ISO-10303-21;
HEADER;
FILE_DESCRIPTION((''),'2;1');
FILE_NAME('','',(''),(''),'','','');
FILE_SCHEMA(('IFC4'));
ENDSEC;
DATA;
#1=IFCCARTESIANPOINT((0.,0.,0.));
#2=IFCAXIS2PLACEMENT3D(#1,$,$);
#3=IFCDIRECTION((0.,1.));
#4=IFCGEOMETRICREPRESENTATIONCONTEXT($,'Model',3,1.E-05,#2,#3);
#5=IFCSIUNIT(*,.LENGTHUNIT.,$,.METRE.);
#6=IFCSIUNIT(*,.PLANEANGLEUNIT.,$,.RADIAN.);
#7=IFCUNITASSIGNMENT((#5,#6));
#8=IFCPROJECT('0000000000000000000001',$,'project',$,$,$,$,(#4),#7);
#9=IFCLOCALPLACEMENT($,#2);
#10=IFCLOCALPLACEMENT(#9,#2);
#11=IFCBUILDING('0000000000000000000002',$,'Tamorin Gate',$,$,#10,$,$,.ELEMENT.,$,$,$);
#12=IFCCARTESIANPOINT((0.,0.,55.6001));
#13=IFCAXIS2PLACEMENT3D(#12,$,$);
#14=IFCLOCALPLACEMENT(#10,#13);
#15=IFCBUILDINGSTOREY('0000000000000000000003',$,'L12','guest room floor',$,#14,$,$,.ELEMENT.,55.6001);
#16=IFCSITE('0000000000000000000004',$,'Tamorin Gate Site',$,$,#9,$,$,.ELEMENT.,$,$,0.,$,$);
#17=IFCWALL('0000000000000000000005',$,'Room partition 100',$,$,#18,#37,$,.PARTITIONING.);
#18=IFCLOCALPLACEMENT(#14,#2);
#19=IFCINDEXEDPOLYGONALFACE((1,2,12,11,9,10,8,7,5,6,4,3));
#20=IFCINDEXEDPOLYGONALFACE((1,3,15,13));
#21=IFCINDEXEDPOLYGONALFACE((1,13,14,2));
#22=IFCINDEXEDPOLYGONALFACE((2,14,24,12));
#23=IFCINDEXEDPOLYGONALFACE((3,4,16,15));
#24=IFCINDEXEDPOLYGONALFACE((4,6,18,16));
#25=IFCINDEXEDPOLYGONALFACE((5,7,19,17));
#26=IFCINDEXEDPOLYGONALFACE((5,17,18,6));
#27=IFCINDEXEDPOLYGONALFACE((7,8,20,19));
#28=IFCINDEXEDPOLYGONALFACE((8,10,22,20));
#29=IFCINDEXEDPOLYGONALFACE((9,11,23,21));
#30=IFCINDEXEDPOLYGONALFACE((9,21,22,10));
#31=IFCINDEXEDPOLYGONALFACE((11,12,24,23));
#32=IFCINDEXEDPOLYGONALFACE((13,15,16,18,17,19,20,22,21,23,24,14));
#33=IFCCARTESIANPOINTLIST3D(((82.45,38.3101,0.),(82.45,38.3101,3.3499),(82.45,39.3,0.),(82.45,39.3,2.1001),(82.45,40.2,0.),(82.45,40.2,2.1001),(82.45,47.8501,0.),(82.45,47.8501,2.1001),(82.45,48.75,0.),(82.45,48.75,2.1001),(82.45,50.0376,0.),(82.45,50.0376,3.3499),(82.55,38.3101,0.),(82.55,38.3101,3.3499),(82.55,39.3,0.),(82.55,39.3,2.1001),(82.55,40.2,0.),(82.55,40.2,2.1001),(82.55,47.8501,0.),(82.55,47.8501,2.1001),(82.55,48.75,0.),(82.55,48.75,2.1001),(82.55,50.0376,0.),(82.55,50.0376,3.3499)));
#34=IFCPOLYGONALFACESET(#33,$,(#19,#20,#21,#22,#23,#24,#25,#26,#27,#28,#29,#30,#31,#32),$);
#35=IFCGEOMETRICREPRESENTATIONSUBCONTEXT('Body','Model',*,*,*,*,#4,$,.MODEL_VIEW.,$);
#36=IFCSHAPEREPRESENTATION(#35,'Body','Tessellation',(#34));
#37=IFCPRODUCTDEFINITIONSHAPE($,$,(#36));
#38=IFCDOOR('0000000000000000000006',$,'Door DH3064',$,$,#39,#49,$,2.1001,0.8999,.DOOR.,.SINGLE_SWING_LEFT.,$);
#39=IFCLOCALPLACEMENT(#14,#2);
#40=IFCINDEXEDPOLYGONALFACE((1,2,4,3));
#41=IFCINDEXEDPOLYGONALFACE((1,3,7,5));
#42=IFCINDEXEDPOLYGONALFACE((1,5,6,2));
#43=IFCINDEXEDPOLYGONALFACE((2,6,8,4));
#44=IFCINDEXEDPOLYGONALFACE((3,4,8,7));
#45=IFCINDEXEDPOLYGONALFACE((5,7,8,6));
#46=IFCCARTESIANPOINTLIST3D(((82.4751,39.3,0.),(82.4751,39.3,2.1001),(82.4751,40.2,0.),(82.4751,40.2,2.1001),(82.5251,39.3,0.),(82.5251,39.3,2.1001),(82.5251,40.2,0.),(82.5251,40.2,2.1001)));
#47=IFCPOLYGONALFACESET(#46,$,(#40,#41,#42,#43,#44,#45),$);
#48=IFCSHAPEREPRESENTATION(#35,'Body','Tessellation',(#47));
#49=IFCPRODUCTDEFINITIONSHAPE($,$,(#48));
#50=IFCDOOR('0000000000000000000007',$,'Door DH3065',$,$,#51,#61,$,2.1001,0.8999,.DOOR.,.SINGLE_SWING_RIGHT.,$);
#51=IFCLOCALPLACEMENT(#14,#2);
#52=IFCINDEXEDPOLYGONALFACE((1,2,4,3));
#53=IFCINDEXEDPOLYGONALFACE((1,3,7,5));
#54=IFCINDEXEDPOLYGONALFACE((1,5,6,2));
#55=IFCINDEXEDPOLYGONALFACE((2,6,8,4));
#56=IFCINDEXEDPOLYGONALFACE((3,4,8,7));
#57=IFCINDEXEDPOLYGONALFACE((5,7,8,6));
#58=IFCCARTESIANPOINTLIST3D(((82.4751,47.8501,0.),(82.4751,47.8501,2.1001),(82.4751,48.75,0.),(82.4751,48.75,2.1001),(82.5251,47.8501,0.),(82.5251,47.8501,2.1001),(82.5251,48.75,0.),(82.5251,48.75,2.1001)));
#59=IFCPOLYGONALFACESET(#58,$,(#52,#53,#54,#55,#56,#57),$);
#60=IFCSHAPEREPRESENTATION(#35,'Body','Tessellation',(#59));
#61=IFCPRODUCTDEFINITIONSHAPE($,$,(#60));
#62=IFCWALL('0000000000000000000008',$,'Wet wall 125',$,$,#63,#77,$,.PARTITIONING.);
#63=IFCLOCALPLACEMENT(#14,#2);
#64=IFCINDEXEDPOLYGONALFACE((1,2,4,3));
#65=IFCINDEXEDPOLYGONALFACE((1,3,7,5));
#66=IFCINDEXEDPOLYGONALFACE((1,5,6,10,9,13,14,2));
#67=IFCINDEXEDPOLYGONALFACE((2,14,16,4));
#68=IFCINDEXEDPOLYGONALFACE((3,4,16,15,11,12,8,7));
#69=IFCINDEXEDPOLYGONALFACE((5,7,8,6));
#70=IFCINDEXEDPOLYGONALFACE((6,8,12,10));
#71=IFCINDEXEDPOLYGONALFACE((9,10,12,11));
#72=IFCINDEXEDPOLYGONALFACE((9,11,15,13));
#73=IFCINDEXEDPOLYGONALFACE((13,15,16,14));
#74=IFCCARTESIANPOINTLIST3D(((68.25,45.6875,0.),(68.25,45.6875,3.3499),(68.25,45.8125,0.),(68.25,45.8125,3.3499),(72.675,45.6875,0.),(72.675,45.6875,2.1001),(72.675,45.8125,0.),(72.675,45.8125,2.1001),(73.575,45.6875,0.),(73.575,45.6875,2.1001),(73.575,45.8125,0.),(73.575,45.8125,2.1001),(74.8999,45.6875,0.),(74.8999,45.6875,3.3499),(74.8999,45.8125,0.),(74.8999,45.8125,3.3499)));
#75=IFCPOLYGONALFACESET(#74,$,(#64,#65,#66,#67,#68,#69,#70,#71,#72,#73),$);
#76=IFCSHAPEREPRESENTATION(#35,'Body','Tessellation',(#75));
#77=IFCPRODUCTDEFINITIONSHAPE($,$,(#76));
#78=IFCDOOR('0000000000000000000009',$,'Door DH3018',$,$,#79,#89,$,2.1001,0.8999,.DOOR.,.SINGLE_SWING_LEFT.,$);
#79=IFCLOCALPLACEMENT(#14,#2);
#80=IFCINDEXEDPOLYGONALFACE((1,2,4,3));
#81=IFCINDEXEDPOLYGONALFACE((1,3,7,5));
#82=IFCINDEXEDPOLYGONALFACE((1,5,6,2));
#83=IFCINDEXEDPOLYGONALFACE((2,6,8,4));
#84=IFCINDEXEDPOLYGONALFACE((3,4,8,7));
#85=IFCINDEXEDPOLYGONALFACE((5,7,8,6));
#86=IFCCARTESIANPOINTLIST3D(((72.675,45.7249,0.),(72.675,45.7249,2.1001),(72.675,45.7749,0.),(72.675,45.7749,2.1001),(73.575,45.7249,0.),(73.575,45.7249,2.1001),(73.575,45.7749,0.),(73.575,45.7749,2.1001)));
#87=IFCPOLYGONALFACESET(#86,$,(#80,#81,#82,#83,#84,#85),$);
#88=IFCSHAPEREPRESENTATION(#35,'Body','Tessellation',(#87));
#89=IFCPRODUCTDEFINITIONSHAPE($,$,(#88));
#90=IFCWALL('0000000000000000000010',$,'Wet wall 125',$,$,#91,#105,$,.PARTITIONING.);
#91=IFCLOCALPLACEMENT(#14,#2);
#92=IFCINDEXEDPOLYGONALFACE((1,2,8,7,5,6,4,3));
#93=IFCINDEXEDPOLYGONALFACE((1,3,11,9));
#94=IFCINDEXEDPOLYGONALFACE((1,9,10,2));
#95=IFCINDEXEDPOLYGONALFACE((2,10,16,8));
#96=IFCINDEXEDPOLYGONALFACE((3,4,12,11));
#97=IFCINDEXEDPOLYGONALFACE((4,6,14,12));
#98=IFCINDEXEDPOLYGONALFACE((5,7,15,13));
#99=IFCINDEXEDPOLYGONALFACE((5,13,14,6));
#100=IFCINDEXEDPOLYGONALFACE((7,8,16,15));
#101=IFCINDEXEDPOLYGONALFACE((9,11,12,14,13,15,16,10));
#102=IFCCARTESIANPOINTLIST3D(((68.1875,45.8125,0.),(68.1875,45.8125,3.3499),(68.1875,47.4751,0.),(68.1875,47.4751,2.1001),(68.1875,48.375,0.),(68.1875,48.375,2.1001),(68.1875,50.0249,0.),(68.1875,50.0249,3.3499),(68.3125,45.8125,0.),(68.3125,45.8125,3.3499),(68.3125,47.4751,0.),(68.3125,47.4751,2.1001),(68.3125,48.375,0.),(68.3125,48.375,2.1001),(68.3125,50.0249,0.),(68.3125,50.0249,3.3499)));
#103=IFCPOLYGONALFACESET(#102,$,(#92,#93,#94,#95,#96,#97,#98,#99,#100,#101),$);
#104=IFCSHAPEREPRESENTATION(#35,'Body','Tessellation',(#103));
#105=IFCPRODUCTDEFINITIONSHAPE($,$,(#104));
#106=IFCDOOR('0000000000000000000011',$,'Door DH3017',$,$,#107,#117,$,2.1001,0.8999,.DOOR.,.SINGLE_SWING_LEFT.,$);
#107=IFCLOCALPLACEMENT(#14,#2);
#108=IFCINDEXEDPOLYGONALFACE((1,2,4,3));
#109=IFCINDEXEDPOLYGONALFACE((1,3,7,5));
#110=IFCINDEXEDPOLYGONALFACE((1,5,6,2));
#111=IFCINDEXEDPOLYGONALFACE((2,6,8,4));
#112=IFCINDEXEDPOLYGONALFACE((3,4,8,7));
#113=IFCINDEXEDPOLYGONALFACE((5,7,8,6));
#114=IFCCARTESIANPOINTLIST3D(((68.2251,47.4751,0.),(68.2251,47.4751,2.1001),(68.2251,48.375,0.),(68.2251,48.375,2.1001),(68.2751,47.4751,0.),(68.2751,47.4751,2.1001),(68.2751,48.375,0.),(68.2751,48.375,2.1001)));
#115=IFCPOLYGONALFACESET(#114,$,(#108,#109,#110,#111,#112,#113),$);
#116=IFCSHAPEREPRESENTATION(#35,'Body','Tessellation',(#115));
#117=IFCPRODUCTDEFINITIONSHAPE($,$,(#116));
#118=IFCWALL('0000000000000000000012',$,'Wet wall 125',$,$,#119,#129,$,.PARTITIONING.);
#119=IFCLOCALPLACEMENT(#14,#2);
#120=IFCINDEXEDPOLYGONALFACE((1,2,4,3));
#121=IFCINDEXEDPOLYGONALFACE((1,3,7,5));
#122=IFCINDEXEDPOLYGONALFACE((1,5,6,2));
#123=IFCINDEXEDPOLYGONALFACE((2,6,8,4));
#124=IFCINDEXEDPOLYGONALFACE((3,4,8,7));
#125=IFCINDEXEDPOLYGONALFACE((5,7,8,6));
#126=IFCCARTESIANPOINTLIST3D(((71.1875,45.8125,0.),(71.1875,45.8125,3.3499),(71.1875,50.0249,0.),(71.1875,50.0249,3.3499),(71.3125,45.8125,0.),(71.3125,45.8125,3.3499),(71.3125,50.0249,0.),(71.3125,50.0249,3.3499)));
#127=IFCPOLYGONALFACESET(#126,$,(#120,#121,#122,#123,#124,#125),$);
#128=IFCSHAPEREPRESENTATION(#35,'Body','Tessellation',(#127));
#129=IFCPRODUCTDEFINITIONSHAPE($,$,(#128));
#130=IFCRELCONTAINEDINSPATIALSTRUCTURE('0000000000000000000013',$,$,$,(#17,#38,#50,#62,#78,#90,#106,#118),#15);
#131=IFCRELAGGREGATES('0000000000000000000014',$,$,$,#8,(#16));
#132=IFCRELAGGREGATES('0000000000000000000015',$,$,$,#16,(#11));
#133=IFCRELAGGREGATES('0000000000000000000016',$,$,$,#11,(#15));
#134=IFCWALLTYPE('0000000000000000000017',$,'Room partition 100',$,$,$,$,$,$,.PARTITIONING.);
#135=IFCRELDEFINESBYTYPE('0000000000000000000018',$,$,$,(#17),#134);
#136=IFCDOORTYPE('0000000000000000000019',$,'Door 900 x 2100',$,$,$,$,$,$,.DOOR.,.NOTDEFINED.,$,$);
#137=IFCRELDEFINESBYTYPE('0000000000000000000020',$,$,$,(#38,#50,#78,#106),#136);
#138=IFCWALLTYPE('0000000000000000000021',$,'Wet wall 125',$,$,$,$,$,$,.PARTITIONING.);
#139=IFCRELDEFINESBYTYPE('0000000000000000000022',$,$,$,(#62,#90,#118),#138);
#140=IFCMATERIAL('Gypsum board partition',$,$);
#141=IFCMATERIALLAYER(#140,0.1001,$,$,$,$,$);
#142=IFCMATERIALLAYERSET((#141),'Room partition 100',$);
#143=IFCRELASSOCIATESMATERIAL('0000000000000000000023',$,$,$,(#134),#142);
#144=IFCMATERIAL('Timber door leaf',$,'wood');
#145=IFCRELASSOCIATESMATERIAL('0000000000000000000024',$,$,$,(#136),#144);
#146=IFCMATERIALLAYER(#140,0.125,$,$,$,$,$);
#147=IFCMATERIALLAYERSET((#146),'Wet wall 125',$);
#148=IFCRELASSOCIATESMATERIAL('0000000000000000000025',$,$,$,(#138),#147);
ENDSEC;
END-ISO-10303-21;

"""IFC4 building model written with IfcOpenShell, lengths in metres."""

from ifc_helpers import new_model, si_unit, direction, frame, frame_2d, origin, place, context, subcontext, project, spatial, rectangle, extrude, material, layer, layer_set, type_object, element, fill, save


model = new_model("IFC4")

# Units and contexts
model_context = context("Model", 3, precision=1e-05, world=origin(), true_north=direction((0.0, 1.0)))
body_context = subcontext(model_context, "Body", "Model", "MODEL_VIEW")
ifc_project = project(units=[si_unit("LENGTHUNIT", "METRE"), si_unit("PLANEANGLEUNIT", "RADIAN")], contexts=[model_context])

# Site, building, storey
site_placement = place(None, origin())
site = spatial("IfcSite", under=ifc_project, at=site_placement, Name="Tamorin Gate Site", CompositionType="ELEMENT", RefElevation=0.0)
building_placement = place(site_placement, origin())
building = spatial("IfcBuilding", under=site, at=building_placement, Name="Tamorin Gate", CompositionType="ELEMENT")
storey_placement = place(building_placement, frame((0.0, 0.0, 55.6001)))
storey = spatial("IfcBuildingStorey", under=building, at=storey_placement, Name="L12", Description="guest room floor", CompositionType="ELEMENT", Elevation=55.6001)

# Shared definitions
ifc_material_1 = material(Name="Gypsum board partition")
ifc_layer_1 = layer(ifc_material_1, 0.1001)
ifc_layer_set_1 = layer_set([ifc_layer_1], Name="Room partition 100")
wall_type_1 = type_object("IfcWallType", Name="Room partition 100", PredefinedType="PARTITIONING", material=ifc_layer_set_1)

# Shared definitions
ifc_material_2 = material(Name="Timber door leaf", Category="wood")
door_type = type_object("IfcDoorType", Name="Door 900 x 2100", OperationType="NOTDEFINED", PredefinedType="DOOR", material=ifc_material_2)

# Wall, openings, doors
wall_1_placement = place(storey_placement, frame((82.5, 38.3101, 0.0), z_axis=(0.0, 0.0, 1.0), x_axis=(0.0, 1.0, 0.0)))
wall_1 = element("IfcWall", 1, at=wall_1_placement, inside=storey, type_object=wall_type_1, Name="Room partition 100", PredefinedType="PARTITIONING", context=body_context, shape_type="SweptSolid", body=[
    extrude(rectangle(XDim=11.7275, YDim=0.1001, at=frame_2d((5.8638, 0.0))), origin(), (0.0, 0.0, 1.0), 3.3499),
])
opening_1_placement = place(wall_1_placement, frame((0.99, 0.0, 0.0)))
opening_1 = element("IfcOpeningElement", 2, at=opening_1_placement, cuts=wall_1, PredefinedType="OPENING", context=body_context, shape_type="SweptSolid", body=[
    extrude(rectangle(XDim=0.8999, YDim=2.1001, at=frame_2d((0.45, 1.05))), frame((0.0, 0.0601, 0.0), z_axis=(0.0, -1.0, 0.0), x_axis=(1.0, 0.0, 0.0)), (0.0, 0.0, 1.0), 0.1201),
])
opening_2_placement = place(wall_1_placement, frame((9.54, 0.0, 0.0)))
opening_2 = element("IfcOpeningElement", 3, at=opening_2_placement, cuts=wall_1, PredefinedType="OPENING", context=body_context, shape_type="SweptSolid", body=[
    extrude(rectangle(XDim=0.8999, YDim=2.1001, at=frame_2d((0.45, 1.05))), frame((0.0, 0.0601, 0.0), z_axis=(0.0, -1.0, 0.0), x_axis=(1.0, 0.0, 0.0)), (0.0, 0.0, 1.0), 0.1201),
])
door_1_placement = place(opening_1_placement, origin())
door_1 = element("IfcDoor", 4, at=door_1_placement, inside=storey, type_object=door_type, Name="Door DH3064", OperationType="SINGLE_SWING_LEFT", OverallHeight=2.1001, OverallWidth=0.8999, PredefinedType="DOOR", context=body_context, shape_type="SweptSolid", body=[
    extrude(rectangle(XDim=0.8999, YDim=2.1001, at=frame_2d((0.45, 1.05))), frame((0.0, 0.0249, 0.0), z_axis=(0.0, -1.0, 0.0), x_axis=(1.0, 0.0, 0.0)), (0.0, 0.0, 1.0), 0.05),
])
fill(opening_1, door_1)
door_2_placement = place(opening_2_placement, origin())
door_2 = element("IfcDoor", 5, at=door_2_placement, inside=storey, type_object=door_type, Name="Door DH3065", OperationType="SINGLE_SWING_RIGHT", OverallHeight=2.1001, OverallWidth=0.8999, PredefinedType="DOOR", context=body_context, shape_type="SweptSolid", body=[
    extrude(rectangle(XDim=0.8999, YDim=2.1001, at=frame_2d((0.45, 1.05))), frame((0.0, 0.0249, 0.0), z_axis=(0.0, -1.0, 0.0), x_axis=(1.0, 0.0, 0.0)), (0.0, 0.0, 1.0), 0.05),
])
fill(opening_2, door_2)

# Walls, openings, doors
ifc_layer_2 = layer(ifc_material_1, 0.125)
ifc_layer_set_2 = layer_set([ifc_layer_2], Name="Wet wall 125")
wall_type_2 = type_object("IfcWallType", Name="Wet wall 125", PredefinedType="PARTITIONING", material=ifc_layer_set_2)
wall_2_placement = place(storey_placement, frame((68.25, 45.75, 0.0), z_axis=(0.0, 0.0, 1.0), x_axis=(1.0, 0.0, 0.0)))
wall_2 = element("IfcWall", 6, at=wall_2_placement, inside=storey, type_object=wall_type_2, Name="Wet wall 125", PredefinedType="PARTITIONING", context=body_context, shape_type="SweptSolid", body=[
    extrude(rectangle(XDim=6.6499, YDim=0.125, at=frame_2d((3.325, 0.0))), origin(), (0.0, 0.0, 1.0), 3.3499),
])
opening_3_placement = place(wall_2_placement, frame((4.425, 0.0, 0.0)))
opening_3 = element("IfcOpeningElement", 7, at=opening_3_placement, cuts=wall_2, PredefinedType="OPENING", context=body_context, shape_type="SweptSolid", body=[
    extrude(rectangle(XDim=0.8999, YDim=2.1001, at=frame_2d((0.45, 1.05))), frame((0.0, 0.0725, 0.0), z_axis=(0.0, -1.0, 0.0), x_axis=(1.0, 0.0, 0.0)), (0.0, 0.0, 1.0), 0.145),
])
door_3_placement = place(opening_3_placement, origin())
door_3 = element("IfcDoor", 8, at=door_3_placement, inside=storey, type_object=door_type, Name="Door DH3018", OperationType="SINGLE_SWING_LEFT", OverallHeight=2.1001, OverallWidth=0.8999, PredefinedType="DOOR", context=body_context, shape_type="SweptSolid", body=[
    extrude(rectangle(XDim=0.8999, YDim=2.1001, at=frame_2d((0.45, 1.05))), frame((0.0, 0.0249, 0.0), z_axis=(0.0, -1.0, 0.0), x_axis=(1.0, 0.0, 0.0)), (0.0, 0.0, 1.0), 0.05),
])
fill(opening_3, door_3)
wall_3_placement = place(storey_placement, frame((68.25, 45.8125, 0.0), z_axis=(0.0, 0.0, 1.0), x_axis=(0.0, 1.0, 0.0)))
wall_3 = element("IfcWall", 9, at=wall_3_placement, inside=storey, type_object=wall_type_2, Name="Wet wall 125", PredefinedType="PARTITIONING", context=body_context, shape_type="SweptSolid", body=[
    extrude(rectangle(XDim=4.2124, YDim=0.125, at=frame_2d((2.1062, 0.0))), origin(), (0.0, 0.0, 1.0), 3.3499),
])
opening_4_placement = place(wall_3_placement, frame((1.6626, 0.0, 0.0)))
opening_4 = element("IfcOpeningElement", 10, at=opening_4_placement, cuts=wall_3, PredefinedType="OPENING", context=body_context, shape_type="SweptSolid", body=[
    extrude(rectangle(XDim=0.8999, YDim=2.1001, at=frame_2d((0.45, 1.05))), frame((0.0, 0.0725, 0.0), z_axis=(0.0, -1.0, 0.0), x_axis=(1.0, 0.0, 0.0)), (0.0, 0.0, 1.0), 0.145),
])
door_4_placement = place(opening_4_placement, origin())
door_4 = element("IfcDoor", 11, at=door_4_placement, inside=storey, type_object=door_type, Name="Door DH3017", OperationType="SINGLE_SWING_LEFT", OverallHeight=2.1001, OverallWidth=0.8999, PredefinedType="DOOR", context=body_context, shape_type="SweptSolid", body=[
    extrude(rectangle(XDim=0.8999, YDim=2.1001, at=frame_2d((0.45, 1.05))), frame((0.0, 0.0249, 0.0), z_axis=(0.0, -1.0, 0.0), x_axis=(1.0, 0.0, 0.0)), (0.0, 0.0, 1.0), 0.05),
])
fill(opening_4, door_4)

# Wall
wall_4_placement = place(storey_placement, frame((71.25, 45.8125, 0.0), z_axis=(0.0, 0.0, 1.0), x_axis=(0.0, 1.0, 0.0)))
element("IfcWall", 12, at=wall_4_placement, inside=storey, type_object=wall_type_2, Name="Wet wall 125", PredefinedType="PARTITIONING", context=body_context, shape_type="SweptSolid", body=[
    extrude(rectangle(XDim=4.2124, YDim=0.125, at=frame_2d((2.1062, 0.0))), origin(), (0.0, 0.0, 1.0), 3.3499),
])

save(model, "model.ifc")
